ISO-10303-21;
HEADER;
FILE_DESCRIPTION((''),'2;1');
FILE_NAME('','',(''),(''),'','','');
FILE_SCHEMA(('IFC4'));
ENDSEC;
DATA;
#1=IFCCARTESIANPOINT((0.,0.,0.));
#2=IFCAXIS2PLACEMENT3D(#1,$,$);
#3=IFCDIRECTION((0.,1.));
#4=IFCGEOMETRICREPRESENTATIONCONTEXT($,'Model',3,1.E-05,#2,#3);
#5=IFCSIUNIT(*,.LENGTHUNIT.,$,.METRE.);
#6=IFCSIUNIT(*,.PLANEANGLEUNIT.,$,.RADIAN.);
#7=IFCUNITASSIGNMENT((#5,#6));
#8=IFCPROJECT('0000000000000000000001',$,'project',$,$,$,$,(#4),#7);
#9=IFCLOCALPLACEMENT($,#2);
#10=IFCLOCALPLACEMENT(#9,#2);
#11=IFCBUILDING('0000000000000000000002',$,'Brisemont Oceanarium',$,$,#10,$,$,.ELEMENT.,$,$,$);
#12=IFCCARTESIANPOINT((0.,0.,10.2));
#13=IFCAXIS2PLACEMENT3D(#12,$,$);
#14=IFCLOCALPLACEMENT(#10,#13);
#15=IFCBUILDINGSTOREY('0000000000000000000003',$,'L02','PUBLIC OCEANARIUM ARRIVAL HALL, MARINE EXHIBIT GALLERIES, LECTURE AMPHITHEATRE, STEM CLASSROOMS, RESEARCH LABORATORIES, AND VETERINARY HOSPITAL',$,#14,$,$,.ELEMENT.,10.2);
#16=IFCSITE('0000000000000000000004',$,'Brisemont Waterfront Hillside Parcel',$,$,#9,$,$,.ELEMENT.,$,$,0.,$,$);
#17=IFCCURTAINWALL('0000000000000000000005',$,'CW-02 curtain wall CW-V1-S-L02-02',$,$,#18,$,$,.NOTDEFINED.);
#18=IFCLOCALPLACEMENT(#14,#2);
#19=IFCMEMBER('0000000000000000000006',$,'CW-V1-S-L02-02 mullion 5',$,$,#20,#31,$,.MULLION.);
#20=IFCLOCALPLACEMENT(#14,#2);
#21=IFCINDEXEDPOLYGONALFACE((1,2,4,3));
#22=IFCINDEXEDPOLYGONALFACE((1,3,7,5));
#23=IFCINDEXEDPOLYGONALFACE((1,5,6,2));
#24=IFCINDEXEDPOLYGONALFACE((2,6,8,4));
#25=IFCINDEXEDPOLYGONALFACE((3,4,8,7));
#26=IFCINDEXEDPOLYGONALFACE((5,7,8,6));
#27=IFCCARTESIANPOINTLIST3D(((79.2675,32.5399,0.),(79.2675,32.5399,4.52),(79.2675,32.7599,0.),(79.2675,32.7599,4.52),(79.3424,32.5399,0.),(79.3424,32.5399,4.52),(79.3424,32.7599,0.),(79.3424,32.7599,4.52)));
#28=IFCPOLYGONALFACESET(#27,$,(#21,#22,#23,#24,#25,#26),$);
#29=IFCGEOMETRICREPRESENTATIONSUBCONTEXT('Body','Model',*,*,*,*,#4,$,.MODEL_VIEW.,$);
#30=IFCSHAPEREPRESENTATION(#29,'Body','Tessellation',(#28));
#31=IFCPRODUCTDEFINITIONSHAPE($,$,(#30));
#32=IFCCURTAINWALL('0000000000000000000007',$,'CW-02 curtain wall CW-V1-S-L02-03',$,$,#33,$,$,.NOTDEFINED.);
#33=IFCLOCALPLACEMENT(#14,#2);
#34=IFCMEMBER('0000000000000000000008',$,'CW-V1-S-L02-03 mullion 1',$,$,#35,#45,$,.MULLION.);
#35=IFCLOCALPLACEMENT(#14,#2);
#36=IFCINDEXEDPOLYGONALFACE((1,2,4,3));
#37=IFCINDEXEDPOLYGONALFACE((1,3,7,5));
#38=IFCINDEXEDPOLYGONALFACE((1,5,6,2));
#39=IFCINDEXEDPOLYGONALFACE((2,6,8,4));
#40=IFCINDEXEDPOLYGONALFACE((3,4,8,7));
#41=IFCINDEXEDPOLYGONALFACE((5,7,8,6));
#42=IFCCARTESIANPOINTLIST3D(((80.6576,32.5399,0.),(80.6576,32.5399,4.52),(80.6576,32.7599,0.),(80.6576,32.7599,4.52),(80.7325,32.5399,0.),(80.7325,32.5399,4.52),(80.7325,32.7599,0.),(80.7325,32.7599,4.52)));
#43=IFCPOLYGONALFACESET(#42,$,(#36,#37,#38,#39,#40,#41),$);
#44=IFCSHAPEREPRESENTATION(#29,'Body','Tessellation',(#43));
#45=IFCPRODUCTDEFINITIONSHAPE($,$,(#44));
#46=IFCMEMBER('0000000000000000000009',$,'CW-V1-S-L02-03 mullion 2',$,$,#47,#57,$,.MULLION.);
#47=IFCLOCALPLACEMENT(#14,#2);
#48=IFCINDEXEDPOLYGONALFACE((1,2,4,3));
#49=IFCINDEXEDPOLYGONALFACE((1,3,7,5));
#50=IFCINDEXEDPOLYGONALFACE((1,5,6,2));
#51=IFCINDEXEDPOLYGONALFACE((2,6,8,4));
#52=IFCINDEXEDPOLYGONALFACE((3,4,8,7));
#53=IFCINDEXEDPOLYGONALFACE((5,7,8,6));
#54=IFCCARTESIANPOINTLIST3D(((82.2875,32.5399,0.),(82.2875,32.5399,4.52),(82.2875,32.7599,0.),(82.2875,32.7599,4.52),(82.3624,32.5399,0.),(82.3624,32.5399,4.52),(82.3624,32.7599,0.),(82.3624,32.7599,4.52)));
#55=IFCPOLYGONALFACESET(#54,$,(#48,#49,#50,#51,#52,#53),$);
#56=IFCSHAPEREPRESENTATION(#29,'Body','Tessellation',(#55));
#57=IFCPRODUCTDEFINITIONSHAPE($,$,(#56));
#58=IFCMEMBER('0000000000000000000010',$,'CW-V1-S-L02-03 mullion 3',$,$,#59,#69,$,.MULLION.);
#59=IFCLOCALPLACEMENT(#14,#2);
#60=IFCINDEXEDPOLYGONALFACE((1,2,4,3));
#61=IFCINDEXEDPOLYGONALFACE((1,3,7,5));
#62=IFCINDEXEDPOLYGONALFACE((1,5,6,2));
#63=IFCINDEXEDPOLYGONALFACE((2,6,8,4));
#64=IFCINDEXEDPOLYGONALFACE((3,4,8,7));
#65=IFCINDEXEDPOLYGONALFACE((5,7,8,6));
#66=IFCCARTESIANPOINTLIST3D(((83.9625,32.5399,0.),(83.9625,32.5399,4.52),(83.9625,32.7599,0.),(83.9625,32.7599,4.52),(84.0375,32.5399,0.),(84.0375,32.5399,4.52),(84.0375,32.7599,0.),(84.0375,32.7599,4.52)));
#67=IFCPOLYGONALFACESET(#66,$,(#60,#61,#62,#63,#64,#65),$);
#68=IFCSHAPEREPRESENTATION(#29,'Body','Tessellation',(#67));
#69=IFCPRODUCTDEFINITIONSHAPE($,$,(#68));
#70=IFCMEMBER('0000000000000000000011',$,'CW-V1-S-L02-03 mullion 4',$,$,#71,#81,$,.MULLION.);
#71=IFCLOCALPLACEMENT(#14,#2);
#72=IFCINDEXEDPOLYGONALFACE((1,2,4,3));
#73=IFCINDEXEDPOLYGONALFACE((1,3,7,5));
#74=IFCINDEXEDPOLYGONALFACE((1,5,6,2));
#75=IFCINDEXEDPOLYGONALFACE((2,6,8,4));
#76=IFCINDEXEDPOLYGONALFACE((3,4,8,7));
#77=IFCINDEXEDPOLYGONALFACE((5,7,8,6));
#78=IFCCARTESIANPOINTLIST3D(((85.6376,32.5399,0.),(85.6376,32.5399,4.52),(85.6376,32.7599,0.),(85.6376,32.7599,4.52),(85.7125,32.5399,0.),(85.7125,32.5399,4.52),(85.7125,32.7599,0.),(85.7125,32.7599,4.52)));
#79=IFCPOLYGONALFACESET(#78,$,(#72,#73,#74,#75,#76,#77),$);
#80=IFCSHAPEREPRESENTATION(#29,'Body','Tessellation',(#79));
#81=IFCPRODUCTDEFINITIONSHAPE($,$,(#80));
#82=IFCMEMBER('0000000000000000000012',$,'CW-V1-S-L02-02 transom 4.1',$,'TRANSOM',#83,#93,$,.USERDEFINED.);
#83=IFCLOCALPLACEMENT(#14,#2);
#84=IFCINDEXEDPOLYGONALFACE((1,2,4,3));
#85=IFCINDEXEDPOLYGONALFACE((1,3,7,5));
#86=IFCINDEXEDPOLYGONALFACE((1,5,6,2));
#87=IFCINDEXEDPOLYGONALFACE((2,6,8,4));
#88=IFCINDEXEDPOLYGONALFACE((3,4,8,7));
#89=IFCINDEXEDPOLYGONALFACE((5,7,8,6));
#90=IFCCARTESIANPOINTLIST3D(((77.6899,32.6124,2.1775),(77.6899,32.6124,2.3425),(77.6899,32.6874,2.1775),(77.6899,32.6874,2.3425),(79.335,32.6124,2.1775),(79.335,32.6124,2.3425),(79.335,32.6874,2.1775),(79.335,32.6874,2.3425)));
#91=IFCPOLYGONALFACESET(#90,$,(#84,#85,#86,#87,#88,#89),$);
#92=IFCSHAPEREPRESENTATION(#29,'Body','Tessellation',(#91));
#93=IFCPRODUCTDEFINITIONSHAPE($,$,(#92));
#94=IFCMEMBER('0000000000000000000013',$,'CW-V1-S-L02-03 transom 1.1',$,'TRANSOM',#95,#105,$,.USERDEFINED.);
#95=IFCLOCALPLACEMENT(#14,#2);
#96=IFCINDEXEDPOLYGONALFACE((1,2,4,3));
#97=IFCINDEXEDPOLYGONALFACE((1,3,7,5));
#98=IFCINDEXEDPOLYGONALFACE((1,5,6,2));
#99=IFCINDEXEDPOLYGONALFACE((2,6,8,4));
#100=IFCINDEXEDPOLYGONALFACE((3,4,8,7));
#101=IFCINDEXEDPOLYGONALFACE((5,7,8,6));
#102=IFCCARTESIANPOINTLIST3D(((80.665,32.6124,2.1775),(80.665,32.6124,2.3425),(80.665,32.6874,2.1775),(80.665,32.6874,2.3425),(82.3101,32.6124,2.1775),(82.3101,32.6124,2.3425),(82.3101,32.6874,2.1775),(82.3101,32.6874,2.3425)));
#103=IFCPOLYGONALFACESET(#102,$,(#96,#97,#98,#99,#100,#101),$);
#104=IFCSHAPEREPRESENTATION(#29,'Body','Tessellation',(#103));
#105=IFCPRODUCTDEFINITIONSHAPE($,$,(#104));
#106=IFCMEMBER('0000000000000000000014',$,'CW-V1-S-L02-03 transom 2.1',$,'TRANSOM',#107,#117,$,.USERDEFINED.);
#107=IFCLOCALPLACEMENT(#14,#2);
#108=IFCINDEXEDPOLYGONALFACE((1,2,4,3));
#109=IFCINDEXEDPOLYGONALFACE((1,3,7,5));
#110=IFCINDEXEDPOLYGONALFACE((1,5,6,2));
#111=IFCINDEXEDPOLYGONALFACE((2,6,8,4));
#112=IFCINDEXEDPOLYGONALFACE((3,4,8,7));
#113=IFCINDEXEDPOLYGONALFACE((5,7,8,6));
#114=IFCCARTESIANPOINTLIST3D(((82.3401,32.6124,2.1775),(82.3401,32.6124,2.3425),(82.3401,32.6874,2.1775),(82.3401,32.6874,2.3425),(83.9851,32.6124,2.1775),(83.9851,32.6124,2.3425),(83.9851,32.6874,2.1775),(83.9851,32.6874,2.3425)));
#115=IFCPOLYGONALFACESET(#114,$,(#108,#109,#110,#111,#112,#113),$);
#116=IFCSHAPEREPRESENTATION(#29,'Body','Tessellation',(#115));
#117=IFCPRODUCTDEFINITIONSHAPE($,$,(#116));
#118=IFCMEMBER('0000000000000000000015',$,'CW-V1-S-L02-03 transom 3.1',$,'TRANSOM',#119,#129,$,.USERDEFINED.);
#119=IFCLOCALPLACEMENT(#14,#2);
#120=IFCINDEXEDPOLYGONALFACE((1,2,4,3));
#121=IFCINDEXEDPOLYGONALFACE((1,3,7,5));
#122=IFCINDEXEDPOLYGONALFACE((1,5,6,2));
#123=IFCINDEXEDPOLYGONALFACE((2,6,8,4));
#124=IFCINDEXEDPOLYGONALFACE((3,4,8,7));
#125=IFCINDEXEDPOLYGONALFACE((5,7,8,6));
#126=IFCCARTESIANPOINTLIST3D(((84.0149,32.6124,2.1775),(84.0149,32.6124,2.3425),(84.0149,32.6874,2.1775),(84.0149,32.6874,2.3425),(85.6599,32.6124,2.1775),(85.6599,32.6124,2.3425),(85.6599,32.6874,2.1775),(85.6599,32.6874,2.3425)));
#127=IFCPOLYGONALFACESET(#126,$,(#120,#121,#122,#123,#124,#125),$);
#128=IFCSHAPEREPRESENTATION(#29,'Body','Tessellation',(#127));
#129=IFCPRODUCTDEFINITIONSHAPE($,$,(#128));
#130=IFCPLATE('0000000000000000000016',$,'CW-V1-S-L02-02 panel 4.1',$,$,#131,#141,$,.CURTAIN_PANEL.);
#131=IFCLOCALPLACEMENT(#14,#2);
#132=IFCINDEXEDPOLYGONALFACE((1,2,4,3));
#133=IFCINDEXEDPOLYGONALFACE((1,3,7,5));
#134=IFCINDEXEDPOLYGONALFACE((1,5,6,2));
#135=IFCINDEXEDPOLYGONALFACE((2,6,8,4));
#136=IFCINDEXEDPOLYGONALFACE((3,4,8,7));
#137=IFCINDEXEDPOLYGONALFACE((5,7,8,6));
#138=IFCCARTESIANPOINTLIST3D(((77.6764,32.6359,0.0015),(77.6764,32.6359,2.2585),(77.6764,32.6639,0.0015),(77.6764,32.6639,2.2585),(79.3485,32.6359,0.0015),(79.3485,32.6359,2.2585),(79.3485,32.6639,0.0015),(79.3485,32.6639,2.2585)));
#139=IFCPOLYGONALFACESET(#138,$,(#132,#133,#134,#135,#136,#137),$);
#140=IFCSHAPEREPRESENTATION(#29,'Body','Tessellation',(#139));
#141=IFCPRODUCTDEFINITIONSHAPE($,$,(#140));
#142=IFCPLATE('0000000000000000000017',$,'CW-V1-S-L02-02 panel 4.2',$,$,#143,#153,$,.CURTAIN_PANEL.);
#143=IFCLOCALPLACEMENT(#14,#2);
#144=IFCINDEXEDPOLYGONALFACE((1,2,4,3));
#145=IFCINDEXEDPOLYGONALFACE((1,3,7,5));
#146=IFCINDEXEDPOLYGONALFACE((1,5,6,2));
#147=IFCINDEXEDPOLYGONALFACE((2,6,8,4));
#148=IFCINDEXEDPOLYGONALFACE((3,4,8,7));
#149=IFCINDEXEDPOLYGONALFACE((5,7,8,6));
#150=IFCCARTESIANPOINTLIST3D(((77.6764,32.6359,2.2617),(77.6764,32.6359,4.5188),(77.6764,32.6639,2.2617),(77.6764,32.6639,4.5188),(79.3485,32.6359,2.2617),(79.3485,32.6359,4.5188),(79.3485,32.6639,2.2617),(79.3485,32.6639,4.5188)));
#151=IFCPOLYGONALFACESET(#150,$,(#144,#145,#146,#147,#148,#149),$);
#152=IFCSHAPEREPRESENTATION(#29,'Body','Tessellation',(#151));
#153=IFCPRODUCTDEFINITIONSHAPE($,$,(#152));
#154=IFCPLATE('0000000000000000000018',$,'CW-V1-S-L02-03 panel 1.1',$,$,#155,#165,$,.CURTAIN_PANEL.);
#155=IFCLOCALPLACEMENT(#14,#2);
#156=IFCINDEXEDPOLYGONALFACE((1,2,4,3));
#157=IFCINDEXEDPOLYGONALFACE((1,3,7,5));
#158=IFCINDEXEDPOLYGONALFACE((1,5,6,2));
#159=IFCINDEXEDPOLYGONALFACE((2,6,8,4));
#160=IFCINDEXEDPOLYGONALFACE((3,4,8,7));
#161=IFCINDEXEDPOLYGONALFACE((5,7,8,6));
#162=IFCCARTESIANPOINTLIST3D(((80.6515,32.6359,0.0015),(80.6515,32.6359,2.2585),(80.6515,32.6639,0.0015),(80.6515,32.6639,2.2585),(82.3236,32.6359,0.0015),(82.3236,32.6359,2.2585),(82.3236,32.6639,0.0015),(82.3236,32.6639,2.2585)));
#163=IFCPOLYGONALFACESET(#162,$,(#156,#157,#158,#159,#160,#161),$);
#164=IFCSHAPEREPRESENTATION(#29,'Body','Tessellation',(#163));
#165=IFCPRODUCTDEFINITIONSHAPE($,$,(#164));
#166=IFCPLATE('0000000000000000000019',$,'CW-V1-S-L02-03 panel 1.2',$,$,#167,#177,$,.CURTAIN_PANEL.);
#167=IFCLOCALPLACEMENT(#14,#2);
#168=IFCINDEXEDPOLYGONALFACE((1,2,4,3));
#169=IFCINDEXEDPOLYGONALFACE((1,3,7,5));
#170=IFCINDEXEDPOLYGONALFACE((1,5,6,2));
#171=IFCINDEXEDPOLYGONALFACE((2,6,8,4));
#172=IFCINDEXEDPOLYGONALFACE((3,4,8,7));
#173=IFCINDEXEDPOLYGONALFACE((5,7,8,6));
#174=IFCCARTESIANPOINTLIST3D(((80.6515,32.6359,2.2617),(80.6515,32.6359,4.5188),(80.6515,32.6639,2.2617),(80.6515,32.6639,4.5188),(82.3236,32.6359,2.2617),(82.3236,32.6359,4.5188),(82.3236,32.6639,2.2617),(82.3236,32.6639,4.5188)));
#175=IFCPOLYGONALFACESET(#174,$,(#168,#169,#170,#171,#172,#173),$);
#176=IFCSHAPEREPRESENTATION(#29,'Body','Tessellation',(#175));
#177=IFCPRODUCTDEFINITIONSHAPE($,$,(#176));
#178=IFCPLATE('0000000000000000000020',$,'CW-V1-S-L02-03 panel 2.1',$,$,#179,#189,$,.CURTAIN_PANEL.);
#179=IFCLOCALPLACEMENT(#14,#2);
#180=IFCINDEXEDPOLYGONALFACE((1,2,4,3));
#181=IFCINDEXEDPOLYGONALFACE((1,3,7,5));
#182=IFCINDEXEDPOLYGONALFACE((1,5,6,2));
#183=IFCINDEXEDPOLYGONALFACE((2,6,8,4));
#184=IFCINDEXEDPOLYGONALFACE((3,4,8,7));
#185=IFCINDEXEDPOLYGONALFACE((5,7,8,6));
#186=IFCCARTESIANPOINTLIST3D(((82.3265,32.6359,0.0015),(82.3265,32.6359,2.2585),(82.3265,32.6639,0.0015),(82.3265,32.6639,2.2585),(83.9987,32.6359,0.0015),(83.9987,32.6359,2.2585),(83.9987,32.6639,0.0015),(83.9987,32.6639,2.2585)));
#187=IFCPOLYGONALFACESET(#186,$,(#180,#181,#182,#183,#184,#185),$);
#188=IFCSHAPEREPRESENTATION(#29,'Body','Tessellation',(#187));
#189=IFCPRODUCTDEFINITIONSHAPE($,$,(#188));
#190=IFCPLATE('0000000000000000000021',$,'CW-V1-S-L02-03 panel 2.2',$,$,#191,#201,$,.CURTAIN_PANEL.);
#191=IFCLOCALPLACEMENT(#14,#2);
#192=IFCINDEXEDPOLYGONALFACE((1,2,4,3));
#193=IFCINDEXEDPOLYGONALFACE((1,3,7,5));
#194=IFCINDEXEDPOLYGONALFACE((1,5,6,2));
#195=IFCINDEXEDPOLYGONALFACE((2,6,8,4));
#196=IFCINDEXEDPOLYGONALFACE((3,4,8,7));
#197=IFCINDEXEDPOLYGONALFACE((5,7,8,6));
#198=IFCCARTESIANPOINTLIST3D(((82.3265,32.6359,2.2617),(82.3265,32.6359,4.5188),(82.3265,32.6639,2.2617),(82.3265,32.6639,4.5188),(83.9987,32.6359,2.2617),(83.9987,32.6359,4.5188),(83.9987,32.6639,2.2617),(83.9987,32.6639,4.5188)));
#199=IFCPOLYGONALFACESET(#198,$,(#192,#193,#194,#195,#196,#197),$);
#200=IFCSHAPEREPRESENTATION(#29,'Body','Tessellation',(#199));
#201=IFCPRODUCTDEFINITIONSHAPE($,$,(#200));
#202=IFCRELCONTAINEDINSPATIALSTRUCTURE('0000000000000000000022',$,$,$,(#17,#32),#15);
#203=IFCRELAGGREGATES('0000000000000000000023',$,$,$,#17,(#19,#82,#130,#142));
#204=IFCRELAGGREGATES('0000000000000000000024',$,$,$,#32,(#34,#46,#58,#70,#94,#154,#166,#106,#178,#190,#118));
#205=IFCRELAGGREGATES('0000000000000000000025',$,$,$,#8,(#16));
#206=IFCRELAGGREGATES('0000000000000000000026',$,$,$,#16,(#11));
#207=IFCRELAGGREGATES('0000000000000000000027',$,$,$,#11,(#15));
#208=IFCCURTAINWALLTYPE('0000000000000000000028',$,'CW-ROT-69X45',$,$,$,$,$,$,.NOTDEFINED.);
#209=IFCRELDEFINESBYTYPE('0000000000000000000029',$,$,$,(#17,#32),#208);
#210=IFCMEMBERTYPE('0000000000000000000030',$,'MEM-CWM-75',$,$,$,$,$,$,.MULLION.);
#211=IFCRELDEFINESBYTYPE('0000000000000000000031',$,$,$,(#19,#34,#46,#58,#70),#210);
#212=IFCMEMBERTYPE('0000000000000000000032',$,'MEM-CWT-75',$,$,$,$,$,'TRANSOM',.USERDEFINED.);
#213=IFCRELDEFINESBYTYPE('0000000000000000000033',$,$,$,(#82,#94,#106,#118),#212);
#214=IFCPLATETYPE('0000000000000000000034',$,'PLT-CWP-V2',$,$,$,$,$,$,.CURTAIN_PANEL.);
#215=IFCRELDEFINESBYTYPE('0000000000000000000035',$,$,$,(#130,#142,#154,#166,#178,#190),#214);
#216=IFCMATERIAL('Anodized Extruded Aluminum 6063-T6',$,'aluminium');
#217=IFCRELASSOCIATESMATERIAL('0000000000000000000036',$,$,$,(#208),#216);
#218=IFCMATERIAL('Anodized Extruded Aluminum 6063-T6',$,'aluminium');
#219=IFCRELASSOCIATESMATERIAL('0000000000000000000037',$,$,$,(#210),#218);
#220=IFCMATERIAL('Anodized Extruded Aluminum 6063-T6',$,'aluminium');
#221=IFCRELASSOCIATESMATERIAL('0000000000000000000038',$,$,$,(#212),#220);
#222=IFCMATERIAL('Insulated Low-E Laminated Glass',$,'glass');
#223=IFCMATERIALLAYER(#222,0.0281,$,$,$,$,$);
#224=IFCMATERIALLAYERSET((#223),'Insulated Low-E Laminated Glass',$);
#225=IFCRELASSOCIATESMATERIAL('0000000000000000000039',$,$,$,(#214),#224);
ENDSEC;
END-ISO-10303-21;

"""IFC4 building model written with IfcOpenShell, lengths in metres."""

from ifc_helpers import new_model, si_unit, direction, frame, origin, origin_2d, place, context, subcontext, project, spatial, rectangle, extrude, material, layer, layer_set, material_profile, profile_set, type_object, element, aggregate, save


model = new_model("IFC4")

# Units and contexts
model_context = context("Model", 3, precision=1e-05, world=origin(), true_north=direction((0.0, 1.0)))
body_context = subcontext(model_context, "Body", "Model", "MODEL_VIEW")
ifc_project = project(units=[si_unit("LENGTHUNIT", "METRE"), si_unit("PLANEANGLEUNIT", "RADIAN")], contexts=[model_context])

# Site, building, storey
site_placement = place(None, origin())
site = spatial("IfcSite", under=ifc_project, at=site_placement, Name="Brisemont Waterfront Hillside Parcel", CompositionType="ELEMENT", RefElevation=0.0)
building_placement = place(site_placement, origin())
building = spatial("IfcBuilding", under=site, at=building_placement, Name="Brisemont Oceanarium", CompositionType="ELEMENT")
storey_placement = place(building_placement, frame((0.0, 0.0, 10.2)))
storey = spatial("IfcBuildingStorey", under=building, at=storey_placement, Name="L02", Description="PUBLIC OCEANARIUM ARRIVAL HALL, MARINE EXHIBIT GALLERIES, LECTURE AMPHITHEATRE, STEM CLASSROOMS, RESEARCH LABORATORIES, AND VETERINARY HOSPITAL", CompositionType="ELEMENT", Elevation=10.2)

# Curtain wall, member
ifc_material_1 = material(Name="Anodized Extruded Aluminum 6063-T6", Category="aluminium")
curtain_wall_type = type_object("IfcCurtainWallType", Name="CW-ROT-69X45", PredefinedType="NOTDEFINED", material=ifc_material_1)
curtain_wall_1_placement = place(storey_placement, origin())
curtain_wall_1 = element("IfcCurtainWall", 1, at=curtain_wall_1_placement, inside=storey, type_object=curtain_wall_type, Name="CW-02 curtain wall CW-V1-S-L02-02", PredefinedType="NOTDEFINED")
ifc_material_2 = material(Name="Anodized Extruded Aluminum 6063-T6", Category="aluminium")
ifc_material_profile_1 = material_profile(ifc_material_2, rectangle(XDim=0.075, YDim=0.22, at=origin_2d()), Name="CWM-75X220")
ifc_profile_set_1 = profile_set([ifc_material_profile_1], Name="Anodized Extruded Aluminum 6063-T6")
member_type_1 = type_object("IfcMemberType", Name="MEM-CWM-75", PredefinedType="MULLION", material=ifc_profile_set_1)
member_1_placement = place(storey_placement, frame((79.3049, 32.6499, 0.0), z_axis=(0.0, 0.0, 1.0), x_axis=(1.0, 0.0, 0.0)))
member_1 = element("IfcMember", 2, at=member_1_placement, type_object=member_type_1, Name="CW-V1-S-L02-02 mullion 5", PredefinedType="MULLION", context=body_context, shape_type="SweptSolid", body=[
    extrude(rectangle(XDim=0.075, YDim=0.22, at=origin_2d()), origin(), (0.0, 0.0, 1.0), 4.52),
])

# Curtain wall, members
curtain_wall_2_placement = place(storey_placement, origin())
curtain_wall_2 = element("IfcCurtainWall", 3, at=curtain_wall_2_placement, inside=storey, type_object=curtain_wall_type, Name="CW-02 curtain wall CW-V1-S-L02-03", PredefinedType="NOTDEFINED")
member_2_placement = place(storey_placement, frame((80.6951, 32.6499, 0.0), z_axis=(0.0, 0.0, 1.0), x_axis=(1.0, 0.0, 0.0)))
member_2 = element("IfcMember", 4, at=member_2_placement, type_object=member_type_1, Name="CW-V1-S-L02-03 mullion 1", PredefinedType="MULLION", context=body_context, shape_type="SweptSolid", body=[
    extrude(rectangle(XDim=0.075, YDim=0.22, at=origin_2d()), origin(), (0.0, 0.0, 1.0), 4.52),
])
member_3_placement = place(storey_placement, frame((82.325, 32.6499, 0.0), z_axis=(0.0, 0.0, 1.0), x_axis=(1.0, 0.0, 0.0)))
member_3 = element("IfcMember", 5, at=member_3_placement, type_object=member_type_1, Name="CW-V1-S-L02-03 mullion 2", PredefinedType="MULLION", context=body_context, shape_type="SweptSolid", body=[
    extrude(rectangle(XDim=0.075, YDim=0.22, at=origin_2d()), origin(), (0.0, 0.0, 1.0), 4.52),
])
member_4_placement = place(storey_placement, frame((84.0, 32.6499, 0.0), z_axis=(0.0, 0.0, 1.0), x_axis=(1.0, 0.0, 0.0)))
member_4 = element("IfcMember", 6, at=member_4_placement, type_object=member_type_1, Name="CW-V1-S-L02-03 mullion 3", PredefinedType="MULLION", context=body_context, shape_type="SweptSolid", body=[
    extrude(rectangle(XDim=0.075, YDim=0.22, at=origin_2d()), origin(), (0.0, 0.0, 1.0), 4.52),
])
member_5_placement = place(storey_placement, frame((85.675, 32.6499, 0.0), z_axis=(0.0, 0.0, 1.0), x_axis=(1.0, 0.0, 0.0)))
member_5 = element("IfcMember", 7, at=member_5_placement, type_object=member_type_1, Name="CW-V1-S-L02-03 mullion 4", PredefinedType="MULLION", context=body_context, shape_type="SweptSolid", body=[
    extrude(rectangle(XDim=0.075, YDim=0.22, at=origin_2d()), origin(), (0.0, 0.0, 1.0), 4.52),
])

# Members
ifc_material_3 = material(Name="Anodized Extruded Aluminum 6063-T6", Category="aluminium")
ifc_material_profile_2 = material_profile(ifc_material_3, rectangle(XDim=0.075, YDim=0.165, at=origin_2d()), Name="CWT-75X165")
ifc_profile_set_2 = profile_set([ifc_material_profile_2], Name="Anodized Extruded Aluminum 6063-T6")
member_type_2 = type_object("IfcMemberType", Name="MEM-CWT-75", ElementType="TRANSOM", PredefinedType="USERDEFINED", material=ifc_profile_set_2)
member_6_placement = place(storey_placement, frame((77.6899, 32.6499, 2.26), z_axis=(1.0, 0.0, 0.0), x_axis=(0.0, 1.0, 0.0)))
member_6 = element("IfcMember", 8, at=member_6_placement, type_object=member_type_2, Name="CW-V1-S-L02-02 transom 4.1", ObjectType="TRANSOM", PredefinedType="USERDEFINED", context=body_context, shape_type="SweptSolid", body=[
    extrude(rectangle(XDim=0.075, YDim=0.165, at=origin_2d()), origin(), (0.0, 0.0, 1.0), 1.645),
])
member_7_placement = place(storey_placement, frame((80.665, 32.6499, 2.26), z_axis=(1.0, 0.0, 0.0), x_axis=(0.0, 1.0, 0.0)))
member_7 = element("IfcMember", 9, at=member_7_placement, type_object=member_type_2, Name="CW-V1-S-L02-03 transom 1.1", ObjectType="TRANSOM", PredefinedType="USERDEFINED", context=body_context, shape_type="SweptSolid", body=[
    extrude(rectangle(XDim=0.075, YDim=0.165, at=origin_2d()), origin(), (0.0, 0.0, 1.0), 1.645),
])
member_8_placement = place(storey_placement, frame((82.3401, 32.6499, 2.26), z_axis=(1.0, 0.0, 0.0), x_axis=(0.0, 1.0, 0.0)))
member_8 = element("IfcMember", 10, at=member_8_placement, type_object=member_type_2, Name="CW-V1-S-L02-03 transom 2.1", ObjectType="TRANSOM", PredefinedType="USERDEFINED", context=body_context, shape_type="SweptSolid", body=[
    extrude(rectangle(XDim=0.075, YDim=0.165, at=origin_2d()), origin(), (0.0, 0.0, 1.0), 1.645),
])
member_9_placement = place(storey_placement, frame((84.0149, 32.6499, 2.26), z_axis=(1.0, 0.0, 0.0), x_axis=(0.0, 1.0, 0.0)))
member_9 = element("IfcMember", 11, at=member_9_placement, type_object=member_type_2, Name="CW-V1-S-L02-03 transom 3.1", ObjectType="TRANSOM", PredefinedType="USERDEFINED", context=body_context, shape_type="SweptSolid", body=[
    extrude(rectangle(XDim=0.075, YDim=0.165, at=origin_2d()), origin(), (0.0, 0.0, 1.0), 1.645),
])

# Plates
ifc_material_4 = material(Name="Insulated Low-E Laminated Glass", Category="glass")
ifc_layer_1 = layer(ifc_material_4, 0.0281)
ifc_layer_set_1 = layer_set([ifc_layer_1], Name="Insulated Low-E Laminated Glass")
plate_type = type_object("IfcPlateType", Name="PLT-CWP-V2", PredefinedType="CURTAIN_PANEL", material=ifc_layer_set_1)
plate_1_placement = place(storey_placement, frame((78.5125, 32.6499, 0.0015), z_axis=(0.0, 0.0, 1.0), x_axis=(1.0, 0.0, 0.0)))
plate_1 = element("IfcPlate", 12, at=plate_1_placement, type_object=plate_type, Name="CW-V1-S-L02-02 panel 4.1", PredefinedType="CURTAIN_PANEL", context=body_context, shape_type="SweptSolid", body=[
    extrude(rectangle(XDim=1.6721, YDim=0.0281, at=origin_2d()), origin(), (0.0, 0.0, 1.0), 2.2571),
])
plate_2_placement = place(storey_placement, frame((78.5125, 32.6499, 2.2617), z_axis=(0.0, 0.0, 1.0), x_axis=(1.0, 0.0, 0.0)))
plate_2 = element("IfcPlate", 13, at=plate_2_placement, type_object=plate_type, Name="CW-V1-S-L02-02 panel 4.2", PredefinedType="CURTAIN_PANEL", context=body_context, shape_type="SweptSolid", body=[
    extrude(rectangle(XDim=1.6721, YDim=0.0281, at=origin_2d()), origin(), (0.0, 0.0, 1.0), 2.2571),
])
aggregate(curtain_wall_1, [member_1, member_6, plate_1, plate_2])
plate_3_placement = place(storey_placement, frame((81.4875, 32.6499, 0.0015), z_axis=(0.0, 0.0, 1.0), x_axis=(1.0, 0.0, 0.0)))
plate_3 = element("IfcPlate", 14, at=plate_3_placement, type_object=plate_type, Name="CW-V1-S-L02-03 panel 1.1", PredefinedType="CURTAIN_PANEL", context=body_context, shape_type="SweptSolid", body=[
    extrude(rectangle(XDim=1.6721, YDim=0.0281, at=origin_2d()), origin(), (0.0, 0.0, 1.0), 2.2571),
])
plate_4_placement = place(storey_placement, frame((81.4875, 32.6499, 2.2617), z_axis=(0.0, 0.0, 1.0), x_axis=(1.0, 0.0, 0.0)))
plate_4 = element("IfcPlate", 15, at=plate_4_placement, type_object=plate_type, Name="CW-V1-S-L02-03 panel 1.2", PredefinedType="CURTAIN_PANEL", context=body_context, shape_type="SweptSolid", body=[
    extrude(rectangle(XDim=1.6721, YDim=0.0281, at=origin_2d()), origin(), (0.0, 0.0, 1.0), 2.2571),
])
plate_5_placement = place(storey_placement, frame((83.1626, 32.6499, 0.0015), z_axis=(0.0, 0.0, 1.0), x_axis=(1.0, 0.0, 0.0)))
plate_5 = element("IfcPlate", 16, at=plate_5_placement, type_object=plate_type, Name="CW-V1-S-L02-03 panel 2.1", PredefinedType="CURTAIN_PANEL", context=body_context, shape_type="SweptSolid", body=[
    extrude(rectangle(XDim=1.6721, YDim=0.0281, at=origin_2d()), origin(), (0.0, 0.0, 1.0), 2.2571),
])
plate_6_placement = place(storey_placement, frame((83.1626, 32.6499, 2.2617), z_axis=(0.0, 0.0, 1.0), x_axis=(1.0, 0.0, 0.0)))
plate_6 = element("IfcPlate", 17, at=plate_6_placement, type_object=plate_type, Name="CW-V1-S-L02-03 panel 2.2", PredefinedType="CURTAIN_PANEL", context=body_context, shape_type="SweptSolid", body=[
    extrude(rectangle(XDim=1.6721, YDim=0.0281, at=origin_2d()), origin(), (0.0, 0.0, 1.0), 2.2571),
])
aggregate(curtain_wall_2, [member_2, member_3, member_4, member_5, member_7, plate_3, plate_4, member_8, plate_5, plate_6, member_9])

save(model, "model.ifc")
